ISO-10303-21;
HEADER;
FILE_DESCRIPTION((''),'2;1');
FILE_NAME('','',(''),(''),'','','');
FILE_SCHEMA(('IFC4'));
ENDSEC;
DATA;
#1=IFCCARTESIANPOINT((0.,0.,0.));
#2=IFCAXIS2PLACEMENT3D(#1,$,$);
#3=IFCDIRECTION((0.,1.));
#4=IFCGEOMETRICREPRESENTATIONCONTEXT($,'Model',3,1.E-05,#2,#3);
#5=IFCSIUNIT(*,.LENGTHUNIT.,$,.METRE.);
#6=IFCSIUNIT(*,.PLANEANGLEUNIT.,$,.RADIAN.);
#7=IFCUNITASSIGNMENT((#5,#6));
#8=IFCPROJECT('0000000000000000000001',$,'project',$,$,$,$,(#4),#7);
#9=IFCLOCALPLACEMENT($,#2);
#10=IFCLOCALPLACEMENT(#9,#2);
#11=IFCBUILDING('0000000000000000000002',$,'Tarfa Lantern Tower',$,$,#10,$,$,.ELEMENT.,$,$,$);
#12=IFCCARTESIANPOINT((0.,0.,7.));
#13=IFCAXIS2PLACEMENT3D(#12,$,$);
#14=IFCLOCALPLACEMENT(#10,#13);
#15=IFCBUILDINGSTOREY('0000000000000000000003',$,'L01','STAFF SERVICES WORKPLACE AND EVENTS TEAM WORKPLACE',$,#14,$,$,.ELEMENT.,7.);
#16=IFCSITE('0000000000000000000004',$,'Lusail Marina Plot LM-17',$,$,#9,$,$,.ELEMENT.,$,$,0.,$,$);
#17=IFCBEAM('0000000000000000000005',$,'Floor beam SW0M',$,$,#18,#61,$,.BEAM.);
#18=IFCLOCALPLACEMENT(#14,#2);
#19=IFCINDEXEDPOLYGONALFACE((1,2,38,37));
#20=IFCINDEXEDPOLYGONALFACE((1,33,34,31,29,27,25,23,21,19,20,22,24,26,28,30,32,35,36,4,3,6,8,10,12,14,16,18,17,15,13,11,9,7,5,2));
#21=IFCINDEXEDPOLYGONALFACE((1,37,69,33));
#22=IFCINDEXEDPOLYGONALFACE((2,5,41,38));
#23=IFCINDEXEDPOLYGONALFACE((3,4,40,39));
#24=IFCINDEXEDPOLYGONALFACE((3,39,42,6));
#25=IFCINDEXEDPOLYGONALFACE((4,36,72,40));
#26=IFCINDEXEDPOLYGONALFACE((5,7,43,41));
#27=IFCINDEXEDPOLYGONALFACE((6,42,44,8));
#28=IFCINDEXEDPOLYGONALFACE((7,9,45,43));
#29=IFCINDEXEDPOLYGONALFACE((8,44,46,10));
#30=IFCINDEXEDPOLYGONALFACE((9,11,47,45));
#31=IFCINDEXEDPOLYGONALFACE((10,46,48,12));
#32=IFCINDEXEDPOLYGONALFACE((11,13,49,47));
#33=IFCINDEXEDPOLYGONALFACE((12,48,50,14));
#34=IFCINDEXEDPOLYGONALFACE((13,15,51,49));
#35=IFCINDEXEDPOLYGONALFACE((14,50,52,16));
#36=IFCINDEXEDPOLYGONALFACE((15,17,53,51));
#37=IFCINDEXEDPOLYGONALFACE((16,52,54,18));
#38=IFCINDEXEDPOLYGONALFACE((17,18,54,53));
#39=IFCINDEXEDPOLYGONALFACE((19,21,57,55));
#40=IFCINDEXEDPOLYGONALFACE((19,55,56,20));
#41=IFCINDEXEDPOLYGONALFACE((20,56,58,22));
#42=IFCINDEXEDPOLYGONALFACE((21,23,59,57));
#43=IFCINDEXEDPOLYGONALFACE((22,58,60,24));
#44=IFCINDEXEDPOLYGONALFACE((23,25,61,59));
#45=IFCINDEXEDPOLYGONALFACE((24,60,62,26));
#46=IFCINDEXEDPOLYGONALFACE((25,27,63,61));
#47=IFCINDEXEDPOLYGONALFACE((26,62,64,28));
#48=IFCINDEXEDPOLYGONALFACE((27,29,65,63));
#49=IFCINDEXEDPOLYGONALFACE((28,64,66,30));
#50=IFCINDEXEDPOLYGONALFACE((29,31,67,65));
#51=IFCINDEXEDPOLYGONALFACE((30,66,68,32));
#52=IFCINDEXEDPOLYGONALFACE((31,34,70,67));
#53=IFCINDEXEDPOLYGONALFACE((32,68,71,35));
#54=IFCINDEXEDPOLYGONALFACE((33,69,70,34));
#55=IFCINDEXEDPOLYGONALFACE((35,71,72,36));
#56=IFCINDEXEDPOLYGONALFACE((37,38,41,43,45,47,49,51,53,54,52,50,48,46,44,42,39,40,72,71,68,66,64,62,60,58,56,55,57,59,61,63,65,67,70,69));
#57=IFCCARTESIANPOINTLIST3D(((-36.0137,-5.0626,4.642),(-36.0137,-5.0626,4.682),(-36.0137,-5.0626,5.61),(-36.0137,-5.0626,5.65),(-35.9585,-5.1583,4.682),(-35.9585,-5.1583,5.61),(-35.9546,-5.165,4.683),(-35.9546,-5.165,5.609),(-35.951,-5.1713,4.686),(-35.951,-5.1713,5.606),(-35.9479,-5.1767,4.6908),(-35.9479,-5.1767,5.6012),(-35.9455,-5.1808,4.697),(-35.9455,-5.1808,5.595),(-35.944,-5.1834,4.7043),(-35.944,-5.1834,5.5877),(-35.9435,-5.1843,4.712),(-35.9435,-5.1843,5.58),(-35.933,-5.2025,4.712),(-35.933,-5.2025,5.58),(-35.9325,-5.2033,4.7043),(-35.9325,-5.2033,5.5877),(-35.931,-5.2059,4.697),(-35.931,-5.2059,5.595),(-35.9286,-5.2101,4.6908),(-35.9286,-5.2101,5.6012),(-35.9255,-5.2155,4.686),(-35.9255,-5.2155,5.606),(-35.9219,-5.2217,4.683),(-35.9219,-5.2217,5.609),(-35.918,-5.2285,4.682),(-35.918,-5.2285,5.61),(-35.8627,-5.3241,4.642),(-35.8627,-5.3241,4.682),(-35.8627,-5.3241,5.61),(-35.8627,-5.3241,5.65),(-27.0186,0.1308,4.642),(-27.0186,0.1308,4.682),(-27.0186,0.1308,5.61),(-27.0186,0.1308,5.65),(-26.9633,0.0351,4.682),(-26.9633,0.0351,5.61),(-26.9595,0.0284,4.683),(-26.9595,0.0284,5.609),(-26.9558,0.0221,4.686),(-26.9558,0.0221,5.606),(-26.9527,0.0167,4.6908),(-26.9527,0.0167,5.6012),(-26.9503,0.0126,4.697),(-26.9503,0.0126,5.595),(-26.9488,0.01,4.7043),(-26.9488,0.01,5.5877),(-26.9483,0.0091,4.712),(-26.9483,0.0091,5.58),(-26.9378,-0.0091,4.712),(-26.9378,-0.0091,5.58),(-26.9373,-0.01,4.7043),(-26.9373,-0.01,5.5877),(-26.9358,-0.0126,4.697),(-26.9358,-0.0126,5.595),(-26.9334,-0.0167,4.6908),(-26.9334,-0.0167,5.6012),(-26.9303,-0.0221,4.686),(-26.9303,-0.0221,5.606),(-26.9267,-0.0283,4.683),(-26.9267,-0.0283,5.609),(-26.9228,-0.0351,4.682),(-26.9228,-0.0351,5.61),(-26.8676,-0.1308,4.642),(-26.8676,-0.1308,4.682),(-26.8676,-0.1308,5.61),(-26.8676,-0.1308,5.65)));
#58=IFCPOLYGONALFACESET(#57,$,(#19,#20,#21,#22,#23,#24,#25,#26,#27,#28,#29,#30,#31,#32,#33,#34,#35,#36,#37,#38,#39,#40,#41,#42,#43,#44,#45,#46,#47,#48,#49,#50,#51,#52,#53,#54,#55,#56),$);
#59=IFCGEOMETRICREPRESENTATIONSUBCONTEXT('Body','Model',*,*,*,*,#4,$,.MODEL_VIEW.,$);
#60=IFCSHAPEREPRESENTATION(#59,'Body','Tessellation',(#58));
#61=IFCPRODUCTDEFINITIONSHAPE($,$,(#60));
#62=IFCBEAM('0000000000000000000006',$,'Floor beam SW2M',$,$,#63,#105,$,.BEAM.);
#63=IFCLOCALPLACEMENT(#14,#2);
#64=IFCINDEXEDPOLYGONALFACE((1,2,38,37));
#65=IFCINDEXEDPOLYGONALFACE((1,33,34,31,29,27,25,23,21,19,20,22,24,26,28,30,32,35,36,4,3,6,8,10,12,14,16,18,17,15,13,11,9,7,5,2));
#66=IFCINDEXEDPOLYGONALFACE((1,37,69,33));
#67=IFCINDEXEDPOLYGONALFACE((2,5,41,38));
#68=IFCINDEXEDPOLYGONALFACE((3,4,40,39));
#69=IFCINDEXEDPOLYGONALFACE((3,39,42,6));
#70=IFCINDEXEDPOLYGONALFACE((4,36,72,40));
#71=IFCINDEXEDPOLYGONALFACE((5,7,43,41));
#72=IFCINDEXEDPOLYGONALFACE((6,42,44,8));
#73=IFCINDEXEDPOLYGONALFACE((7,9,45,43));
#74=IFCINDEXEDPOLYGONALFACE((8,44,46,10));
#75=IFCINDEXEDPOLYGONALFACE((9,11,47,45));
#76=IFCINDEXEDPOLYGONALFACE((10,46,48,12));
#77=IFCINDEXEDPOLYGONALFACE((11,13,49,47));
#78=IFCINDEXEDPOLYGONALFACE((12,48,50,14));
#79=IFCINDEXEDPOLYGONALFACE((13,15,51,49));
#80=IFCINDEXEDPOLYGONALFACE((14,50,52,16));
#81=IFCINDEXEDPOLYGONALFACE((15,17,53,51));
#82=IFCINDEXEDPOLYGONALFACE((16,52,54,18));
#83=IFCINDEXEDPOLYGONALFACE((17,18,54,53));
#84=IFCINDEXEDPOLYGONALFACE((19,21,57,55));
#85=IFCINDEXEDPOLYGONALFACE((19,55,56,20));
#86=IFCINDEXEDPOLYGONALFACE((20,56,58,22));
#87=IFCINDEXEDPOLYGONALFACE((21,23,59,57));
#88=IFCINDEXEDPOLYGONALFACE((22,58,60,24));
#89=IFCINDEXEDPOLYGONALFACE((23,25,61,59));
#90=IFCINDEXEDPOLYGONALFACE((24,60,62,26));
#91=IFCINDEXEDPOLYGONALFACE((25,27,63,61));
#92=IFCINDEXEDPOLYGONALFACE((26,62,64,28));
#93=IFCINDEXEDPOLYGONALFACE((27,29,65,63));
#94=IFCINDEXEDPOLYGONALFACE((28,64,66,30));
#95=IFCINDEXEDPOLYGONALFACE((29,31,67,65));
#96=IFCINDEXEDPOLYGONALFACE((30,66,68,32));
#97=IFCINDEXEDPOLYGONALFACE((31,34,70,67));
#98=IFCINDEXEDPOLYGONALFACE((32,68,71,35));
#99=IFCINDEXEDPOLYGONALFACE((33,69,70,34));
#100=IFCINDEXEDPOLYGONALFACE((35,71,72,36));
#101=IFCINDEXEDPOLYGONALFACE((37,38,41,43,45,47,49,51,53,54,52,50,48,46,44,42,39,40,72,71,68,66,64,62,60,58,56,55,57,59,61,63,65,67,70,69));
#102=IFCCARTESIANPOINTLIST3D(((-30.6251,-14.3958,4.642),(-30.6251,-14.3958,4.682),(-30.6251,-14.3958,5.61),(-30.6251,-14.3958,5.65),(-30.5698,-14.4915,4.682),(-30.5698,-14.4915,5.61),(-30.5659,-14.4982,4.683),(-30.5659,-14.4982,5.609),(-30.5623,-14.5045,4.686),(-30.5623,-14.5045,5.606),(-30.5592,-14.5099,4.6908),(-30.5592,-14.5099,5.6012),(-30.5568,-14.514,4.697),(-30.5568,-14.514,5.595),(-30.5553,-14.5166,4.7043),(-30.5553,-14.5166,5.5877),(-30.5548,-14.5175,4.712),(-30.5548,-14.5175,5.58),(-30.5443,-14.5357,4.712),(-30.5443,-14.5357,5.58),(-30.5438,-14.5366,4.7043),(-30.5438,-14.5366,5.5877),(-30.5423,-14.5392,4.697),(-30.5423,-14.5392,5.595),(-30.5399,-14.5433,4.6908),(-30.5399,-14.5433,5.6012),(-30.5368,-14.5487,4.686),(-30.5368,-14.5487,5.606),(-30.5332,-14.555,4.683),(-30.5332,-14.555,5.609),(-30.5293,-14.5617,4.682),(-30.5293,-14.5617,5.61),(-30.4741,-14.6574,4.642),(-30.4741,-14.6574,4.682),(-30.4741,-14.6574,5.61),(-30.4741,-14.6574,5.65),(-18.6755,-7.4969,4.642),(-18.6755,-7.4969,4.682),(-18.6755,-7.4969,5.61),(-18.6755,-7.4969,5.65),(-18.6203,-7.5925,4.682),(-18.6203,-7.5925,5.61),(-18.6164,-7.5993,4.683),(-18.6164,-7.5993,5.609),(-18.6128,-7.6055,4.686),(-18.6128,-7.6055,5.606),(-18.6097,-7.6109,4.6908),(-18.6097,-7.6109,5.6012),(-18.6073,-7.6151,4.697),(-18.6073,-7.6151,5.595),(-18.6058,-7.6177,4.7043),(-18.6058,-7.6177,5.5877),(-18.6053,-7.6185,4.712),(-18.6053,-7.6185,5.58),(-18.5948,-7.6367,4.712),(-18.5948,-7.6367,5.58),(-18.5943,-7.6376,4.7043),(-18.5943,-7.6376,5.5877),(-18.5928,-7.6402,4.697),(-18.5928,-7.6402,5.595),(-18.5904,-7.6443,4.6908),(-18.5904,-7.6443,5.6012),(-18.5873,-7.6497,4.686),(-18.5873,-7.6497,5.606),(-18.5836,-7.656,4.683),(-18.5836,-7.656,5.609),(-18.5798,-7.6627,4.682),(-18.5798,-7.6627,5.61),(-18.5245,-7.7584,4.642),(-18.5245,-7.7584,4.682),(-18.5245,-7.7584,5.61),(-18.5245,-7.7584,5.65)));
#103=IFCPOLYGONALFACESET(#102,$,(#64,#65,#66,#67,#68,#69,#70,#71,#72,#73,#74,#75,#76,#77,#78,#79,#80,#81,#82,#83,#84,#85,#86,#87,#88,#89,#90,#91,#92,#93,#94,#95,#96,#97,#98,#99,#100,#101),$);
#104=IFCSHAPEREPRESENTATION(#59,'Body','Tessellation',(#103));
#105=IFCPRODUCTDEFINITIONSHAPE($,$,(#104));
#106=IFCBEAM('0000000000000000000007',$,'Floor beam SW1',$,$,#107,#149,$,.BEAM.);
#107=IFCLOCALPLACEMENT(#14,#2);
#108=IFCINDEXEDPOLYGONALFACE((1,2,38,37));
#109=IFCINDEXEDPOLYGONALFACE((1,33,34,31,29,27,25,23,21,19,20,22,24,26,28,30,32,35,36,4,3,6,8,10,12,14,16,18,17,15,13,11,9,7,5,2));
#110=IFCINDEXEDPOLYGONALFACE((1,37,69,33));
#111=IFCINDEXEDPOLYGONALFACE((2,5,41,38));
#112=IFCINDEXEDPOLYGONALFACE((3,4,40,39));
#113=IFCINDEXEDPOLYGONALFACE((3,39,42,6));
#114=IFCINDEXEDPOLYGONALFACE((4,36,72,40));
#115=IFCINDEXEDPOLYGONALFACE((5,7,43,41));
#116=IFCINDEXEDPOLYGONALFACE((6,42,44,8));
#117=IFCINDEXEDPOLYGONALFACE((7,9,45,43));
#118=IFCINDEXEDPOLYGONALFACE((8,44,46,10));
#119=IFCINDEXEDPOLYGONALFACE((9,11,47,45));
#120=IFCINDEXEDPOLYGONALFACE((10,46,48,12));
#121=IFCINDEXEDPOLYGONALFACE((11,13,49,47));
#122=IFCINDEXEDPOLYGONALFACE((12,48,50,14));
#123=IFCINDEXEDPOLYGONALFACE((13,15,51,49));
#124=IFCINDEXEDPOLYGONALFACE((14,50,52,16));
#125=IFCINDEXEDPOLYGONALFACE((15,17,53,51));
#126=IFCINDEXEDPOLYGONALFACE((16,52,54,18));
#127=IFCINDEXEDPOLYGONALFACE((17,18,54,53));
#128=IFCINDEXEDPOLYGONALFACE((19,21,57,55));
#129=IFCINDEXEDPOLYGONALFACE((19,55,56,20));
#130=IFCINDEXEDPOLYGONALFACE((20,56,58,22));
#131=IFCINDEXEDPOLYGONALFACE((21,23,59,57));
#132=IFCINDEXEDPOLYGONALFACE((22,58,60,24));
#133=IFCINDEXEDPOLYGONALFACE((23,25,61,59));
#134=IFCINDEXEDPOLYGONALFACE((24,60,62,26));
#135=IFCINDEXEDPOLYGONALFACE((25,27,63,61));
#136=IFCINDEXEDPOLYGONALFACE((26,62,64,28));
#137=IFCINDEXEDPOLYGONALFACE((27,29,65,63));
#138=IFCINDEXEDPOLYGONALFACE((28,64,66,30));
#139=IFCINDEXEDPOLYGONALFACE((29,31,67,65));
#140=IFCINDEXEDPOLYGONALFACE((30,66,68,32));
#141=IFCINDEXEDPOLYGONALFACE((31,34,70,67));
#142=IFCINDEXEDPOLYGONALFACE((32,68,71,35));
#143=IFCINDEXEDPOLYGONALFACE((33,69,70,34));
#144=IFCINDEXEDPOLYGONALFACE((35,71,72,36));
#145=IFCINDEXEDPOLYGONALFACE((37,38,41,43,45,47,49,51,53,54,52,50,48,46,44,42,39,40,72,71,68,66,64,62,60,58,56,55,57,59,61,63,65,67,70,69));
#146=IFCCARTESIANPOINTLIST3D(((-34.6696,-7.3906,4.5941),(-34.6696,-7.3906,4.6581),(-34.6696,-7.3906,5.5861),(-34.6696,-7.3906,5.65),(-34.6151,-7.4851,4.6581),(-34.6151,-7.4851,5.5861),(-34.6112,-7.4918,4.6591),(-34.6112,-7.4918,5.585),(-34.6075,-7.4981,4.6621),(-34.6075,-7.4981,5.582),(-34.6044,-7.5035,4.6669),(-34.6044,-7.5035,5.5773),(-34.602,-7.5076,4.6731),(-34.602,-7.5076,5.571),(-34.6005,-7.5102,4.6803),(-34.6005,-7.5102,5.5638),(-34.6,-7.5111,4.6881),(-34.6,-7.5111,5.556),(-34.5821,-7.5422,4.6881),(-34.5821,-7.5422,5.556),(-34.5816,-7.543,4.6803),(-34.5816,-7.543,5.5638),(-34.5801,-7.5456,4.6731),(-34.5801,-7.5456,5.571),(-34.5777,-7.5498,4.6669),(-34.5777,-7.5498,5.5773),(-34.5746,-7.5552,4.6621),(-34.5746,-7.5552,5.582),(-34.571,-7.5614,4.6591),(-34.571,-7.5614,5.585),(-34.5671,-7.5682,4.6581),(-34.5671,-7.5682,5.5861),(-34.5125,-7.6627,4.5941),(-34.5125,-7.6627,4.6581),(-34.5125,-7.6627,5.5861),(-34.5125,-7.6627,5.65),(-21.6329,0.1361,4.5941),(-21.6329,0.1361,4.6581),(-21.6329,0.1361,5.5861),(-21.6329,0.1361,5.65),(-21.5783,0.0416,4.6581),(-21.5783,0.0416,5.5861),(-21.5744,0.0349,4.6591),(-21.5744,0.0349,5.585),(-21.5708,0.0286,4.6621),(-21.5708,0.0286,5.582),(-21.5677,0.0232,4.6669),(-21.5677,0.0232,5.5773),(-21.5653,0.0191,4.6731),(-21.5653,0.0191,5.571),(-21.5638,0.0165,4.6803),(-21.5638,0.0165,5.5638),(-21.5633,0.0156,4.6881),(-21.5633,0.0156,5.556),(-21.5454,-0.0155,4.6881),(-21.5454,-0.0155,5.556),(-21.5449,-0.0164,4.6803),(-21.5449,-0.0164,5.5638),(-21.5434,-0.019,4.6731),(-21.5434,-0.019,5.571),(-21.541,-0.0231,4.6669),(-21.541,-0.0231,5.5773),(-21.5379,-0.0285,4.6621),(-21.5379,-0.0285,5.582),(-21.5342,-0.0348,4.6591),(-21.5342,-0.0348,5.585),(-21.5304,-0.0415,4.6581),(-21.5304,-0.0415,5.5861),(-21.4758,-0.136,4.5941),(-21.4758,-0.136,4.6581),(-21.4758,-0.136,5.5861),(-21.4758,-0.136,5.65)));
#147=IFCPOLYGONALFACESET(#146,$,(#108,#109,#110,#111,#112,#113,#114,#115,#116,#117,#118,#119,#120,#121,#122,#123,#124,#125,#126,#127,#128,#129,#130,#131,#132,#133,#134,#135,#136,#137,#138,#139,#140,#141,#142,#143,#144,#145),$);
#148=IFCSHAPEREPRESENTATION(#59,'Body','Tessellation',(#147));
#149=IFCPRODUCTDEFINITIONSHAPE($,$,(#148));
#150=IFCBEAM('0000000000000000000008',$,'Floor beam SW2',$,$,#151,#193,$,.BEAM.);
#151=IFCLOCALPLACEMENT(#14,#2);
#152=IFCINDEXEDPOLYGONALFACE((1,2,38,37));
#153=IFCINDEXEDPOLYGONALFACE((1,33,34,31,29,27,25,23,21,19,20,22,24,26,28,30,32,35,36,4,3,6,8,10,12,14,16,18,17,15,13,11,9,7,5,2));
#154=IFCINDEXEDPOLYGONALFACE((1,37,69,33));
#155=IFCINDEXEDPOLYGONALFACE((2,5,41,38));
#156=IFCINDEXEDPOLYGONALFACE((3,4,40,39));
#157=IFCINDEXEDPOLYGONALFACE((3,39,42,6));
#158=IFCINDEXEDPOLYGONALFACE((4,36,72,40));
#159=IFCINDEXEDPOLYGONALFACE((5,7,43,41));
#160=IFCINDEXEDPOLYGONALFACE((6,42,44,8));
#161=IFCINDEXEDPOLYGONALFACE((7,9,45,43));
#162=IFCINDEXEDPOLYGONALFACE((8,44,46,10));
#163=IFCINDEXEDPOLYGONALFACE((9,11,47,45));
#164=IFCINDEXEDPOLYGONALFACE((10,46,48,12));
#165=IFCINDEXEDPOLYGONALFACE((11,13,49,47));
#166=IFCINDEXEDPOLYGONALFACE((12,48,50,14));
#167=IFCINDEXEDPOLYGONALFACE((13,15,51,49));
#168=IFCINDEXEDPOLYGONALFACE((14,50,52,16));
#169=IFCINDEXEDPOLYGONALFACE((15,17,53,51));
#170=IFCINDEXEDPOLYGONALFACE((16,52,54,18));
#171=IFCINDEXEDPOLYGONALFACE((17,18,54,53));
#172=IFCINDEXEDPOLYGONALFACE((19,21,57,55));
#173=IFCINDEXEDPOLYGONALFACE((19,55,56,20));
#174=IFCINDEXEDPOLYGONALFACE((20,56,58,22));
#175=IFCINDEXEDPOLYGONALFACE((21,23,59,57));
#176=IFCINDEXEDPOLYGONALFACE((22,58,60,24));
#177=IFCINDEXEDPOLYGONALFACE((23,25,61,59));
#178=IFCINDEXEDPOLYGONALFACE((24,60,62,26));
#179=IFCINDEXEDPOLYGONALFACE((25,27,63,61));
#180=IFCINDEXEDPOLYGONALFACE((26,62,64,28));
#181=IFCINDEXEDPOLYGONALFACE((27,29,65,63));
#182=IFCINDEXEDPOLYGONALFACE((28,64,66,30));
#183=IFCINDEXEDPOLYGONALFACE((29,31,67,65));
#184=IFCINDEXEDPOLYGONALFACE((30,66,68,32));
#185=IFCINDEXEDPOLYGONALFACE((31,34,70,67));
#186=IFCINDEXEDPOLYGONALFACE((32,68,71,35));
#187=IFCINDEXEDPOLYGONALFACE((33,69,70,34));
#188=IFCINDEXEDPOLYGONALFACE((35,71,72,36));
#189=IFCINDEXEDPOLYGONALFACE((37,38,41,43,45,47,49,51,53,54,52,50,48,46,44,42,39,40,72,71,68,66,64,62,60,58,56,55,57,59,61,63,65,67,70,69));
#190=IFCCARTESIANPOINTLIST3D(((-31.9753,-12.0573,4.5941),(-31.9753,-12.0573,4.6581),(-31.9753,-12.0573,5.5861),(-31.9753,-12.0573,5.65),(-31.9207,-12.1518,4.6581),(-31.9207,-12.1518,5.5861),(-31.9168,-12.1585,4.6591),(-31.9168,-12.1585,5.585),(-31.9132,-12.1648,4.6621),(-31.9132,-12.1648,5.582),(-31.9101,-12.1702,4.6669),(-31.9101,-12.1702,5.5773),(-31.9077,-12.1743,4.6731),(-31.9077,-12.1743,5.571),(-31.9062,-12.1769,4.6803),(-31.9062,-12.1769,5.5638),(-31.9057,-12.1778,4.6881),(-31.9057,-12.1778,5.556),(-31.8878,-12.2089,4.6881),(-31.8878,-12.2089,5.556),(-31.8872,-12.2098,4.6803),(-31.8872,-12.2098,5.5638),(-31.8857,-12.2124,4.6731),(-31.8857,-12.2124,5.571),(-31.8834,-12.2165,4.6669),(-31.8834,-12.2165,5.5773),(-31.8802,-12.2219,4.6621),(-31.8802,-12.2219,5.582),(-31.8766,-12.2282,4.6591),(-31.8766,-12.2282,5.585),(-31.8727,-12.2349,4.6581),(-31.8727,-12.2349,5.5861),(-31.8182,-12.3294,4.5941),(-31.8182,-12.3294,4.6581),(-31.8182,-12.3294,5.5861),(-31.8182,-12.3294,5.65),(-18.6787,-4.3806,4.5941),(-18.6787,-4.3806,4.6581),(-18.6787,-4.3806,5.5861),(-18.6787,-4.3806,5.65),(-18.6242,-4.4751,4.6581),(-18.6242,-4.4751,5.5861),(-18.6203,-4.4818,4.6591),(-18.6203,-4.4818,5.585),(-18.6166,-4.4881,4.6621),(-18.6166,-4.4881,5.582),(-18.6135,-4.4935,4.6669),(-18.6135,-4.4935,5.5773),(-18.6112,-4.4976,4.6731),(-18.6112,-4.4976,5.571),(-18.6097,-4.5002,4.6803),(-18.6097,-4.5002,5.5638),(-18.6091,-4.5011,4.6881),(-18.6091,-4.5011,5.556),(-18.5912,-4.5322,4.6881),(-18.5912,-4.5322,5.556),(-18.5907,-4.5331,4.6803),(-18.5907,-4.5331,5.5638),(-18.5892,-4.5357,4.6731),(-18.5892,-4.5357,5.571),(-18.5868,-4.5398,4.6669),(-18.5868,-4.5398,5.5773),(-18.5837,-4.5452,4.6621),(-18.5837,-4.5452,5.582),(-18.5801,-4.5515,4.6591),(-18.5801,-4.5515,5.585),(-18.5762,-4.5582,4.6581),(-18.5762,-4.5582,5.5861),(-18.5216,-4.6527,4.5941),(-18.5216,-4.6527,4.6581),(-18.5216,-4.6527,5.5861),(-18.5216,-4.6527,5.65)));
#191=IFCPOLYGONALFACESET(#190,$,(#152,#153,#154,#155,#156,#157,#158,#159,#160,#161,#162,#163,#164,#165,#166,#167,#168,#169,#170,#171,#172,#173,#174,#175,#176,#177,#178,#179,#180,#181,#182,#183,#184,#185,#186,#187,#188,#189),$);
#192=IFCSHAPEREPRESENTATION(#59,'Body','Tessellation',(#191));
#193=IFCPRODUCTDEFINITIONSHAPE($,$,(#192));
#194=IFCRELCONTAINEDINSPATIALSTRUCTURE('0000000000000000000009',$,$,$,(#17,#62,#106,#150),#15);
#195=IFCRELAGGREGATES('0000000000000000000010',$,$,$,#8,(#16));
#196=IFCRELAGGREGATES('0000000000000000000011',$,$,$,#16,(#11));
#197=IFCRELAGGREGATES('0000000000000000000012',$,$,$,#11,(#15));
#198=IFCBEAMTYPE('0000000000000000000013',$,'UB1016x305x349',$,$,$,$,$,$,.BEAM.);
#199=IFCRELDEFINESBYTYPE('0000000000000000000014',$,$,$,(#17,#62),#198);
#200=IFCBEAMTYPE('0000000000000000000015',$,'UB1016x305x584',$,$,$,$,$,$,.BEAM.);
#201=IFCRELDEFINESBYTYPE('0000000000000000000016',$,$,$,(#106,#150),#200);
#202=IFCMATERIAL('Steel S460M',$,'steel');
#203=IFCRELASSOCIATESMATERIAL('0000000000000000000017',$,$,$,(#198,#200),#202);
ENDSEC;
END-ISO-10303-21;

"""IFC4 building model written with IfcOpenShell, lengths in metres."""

from ifc_helpers import new_model, si_unit, direction, frame, origin, origin_2d, place, context, subcontext, project, spatial, i_section, extrude, material, material_profile, profile_set, type_object, element, save


model = new_model("IFC4")

# Units and contexts
model_context = context("Model", 3, precision=1e-05, world=origin(), true_north=direction((0.0, 1.0)))
body_context = subcontext(model_context, "Body", "Model", "MODEL_VIEW")
ifc_project = project(units=[si_unit("LENGTHUNIT", "METRE"), si_unit("PLANEANGLEUNIT", "RADIAN")], contexts=[model_context])

# Site, building, storey
site_placement = place(None, origin())
site = spatial("IfcSite", under=ifc_project, at=site_placement, Name="Lusail Marina Plot LM-17", CompositionType="ELEMENT", RefElevation=0.0)
building_placement = place(site_placement, origin())
building = spatial("IfcBuilding", under=site, at=building_placement, Name="Tarfa Lantern Tower", CompositionType="ELEMENT")
storey_placement = place(building_placement, frame((0.0, 0.0, 7.0)))
storey = spatial("IfcBuildingStorey", under=building, at=storey_placement, Name="L01", Description="STAFF SERVICES WORKPLACE AND EVENTS TEAM WORKPLACE", CompositionType="ELEMENT", Elevation=7.0)

# Beams
ifc_material_1 = material(Name="Steel S460M", Category="steel")
ifc_material_profile_1 = material_profile(ifc_material_1, i_section(OverallWidth=0.302, OverallDepth=1.0081, WebThickness=0.021, FlangeThickness=0.04, FilletRadius=0.03, at=origin_2d()), Name="UB1016x305x349")
ifc_profile_set_1 = profile_set([ifc_material_profile_1], Name="Steel S460M")
beam_type_1 = type_object("IfcBeamType", Name="UB1016x305x349", PredefinedType="BEAM", material=ifc_profile_set_1)
beam_1_placement = place(storey_placement, frame((-35.9382, -5.1934, 5.146), z_axis=(0.866024, 0.500002, 0.0), x_axis=(-0.500002, 0.866024, 0.0)))
element("IfcBeam", 1, at=beam_1_placement, inside=storey, type_object=beam_type_1, Name="Floor beam SW0M", PredefinedType="BEAM", context=body_context, shape_type="SweptSolid", body=[
    extrude(i_section(OverallWidth=0.302, OverallDepth=1.0081, WebThickness=0.021, FlangeThickness=0.04, FilletRadius=0.03, at=origin_2d()), origin(), (0.0, 0.0, 1.0), 10.3867),
])
beam_2_placement = place(storey_placement, frame((-30.5496, -14.5266, 5.146), z_axis=(0.866029, 0.499995, 0.0), x_axis=(-0.499995, 0.866029, 0.0)))
element("IfcBeam", 2, at=beam_2_placement, inside=storey, type_object=beam_type_1, Name="Floor beam SW2M", PredefinedType="BEAM", context=body_context, shape_type="SweptSolid", body=[
    extrude(i_section(OverallWidth=0.302, OverallDepth=1.0081, WebThickness=0.021, FlangeThickness=0.04, FilletRadius=0.03, at=origin_2d()), origin(), (0.0, 0.0, 1.0), 13.7981),
])
ifc_material_profile_2 = material_profile(ifc_material_1, i_section(OverallWidth=0.3142, OverallDepth=1.0559, WebThickness=0.0359, FlangeThickness=0.064, FilletRadius=0.03, at=origin_2d()), Name="UB1016x305x584")
ifc_profile_set_2 = profile_set([ifc_material_profile_2], Name="Steel S460M")
beam_type_2 = type_object("IfcBeamType", Name="UB1016x305x584", PredefinedType="BEAM", material=ifc_profile_set_2)
beam_3_placement = place(storey_placement, frame((-34.5911, -7.5266, 5.1221), z_axis=(0.866028, 0.499996, 0.0), x_axis=(-0.499996, 0.866028, 0.0)))
element("IfcBeam", 3, at=beam_3_placement, inside=storey, type_object=beam_type_2, Name="Floor beam SW1", PredefinedType="BEAM", context=body_context, shape_type="SweptSolid", body=[
    extrude(i_section(OverallWidth=0.3142, OverallDepth=1.0559, WebThickness=0.0359, FlangeThickness=0.064, FilletRadius=0.03, at=origin_2d()), origin(), (0.0, 0.0, 1.0), 15.0535),
])
beam_4_placement = place(storey_placement, frame((-31.8967, -12.1934, 5.1221), z_axis=(0.866027, 0.499997, 0.0), x_axis=(-0.499997, 0.866027, 0.0)))
element("IfcBeam", 4, at=beam_4_placement, inside=storey, type_object=beam_type_2, Name="Floor beam SW2", PredefinedType="BEAM", context=body_context, shape_type="SweptSolid", body=[
    extrude(i_section(OverallWidth=0.3142, OverallDepth=1.0559, WebThickness=0.0359, FlangeThickness=0.064, FilletRadius=0.03, at=origin_2d()), origin(), (0.0, 0.0, 1.0), 15.3535),
])

save(model, "model.ifc")
